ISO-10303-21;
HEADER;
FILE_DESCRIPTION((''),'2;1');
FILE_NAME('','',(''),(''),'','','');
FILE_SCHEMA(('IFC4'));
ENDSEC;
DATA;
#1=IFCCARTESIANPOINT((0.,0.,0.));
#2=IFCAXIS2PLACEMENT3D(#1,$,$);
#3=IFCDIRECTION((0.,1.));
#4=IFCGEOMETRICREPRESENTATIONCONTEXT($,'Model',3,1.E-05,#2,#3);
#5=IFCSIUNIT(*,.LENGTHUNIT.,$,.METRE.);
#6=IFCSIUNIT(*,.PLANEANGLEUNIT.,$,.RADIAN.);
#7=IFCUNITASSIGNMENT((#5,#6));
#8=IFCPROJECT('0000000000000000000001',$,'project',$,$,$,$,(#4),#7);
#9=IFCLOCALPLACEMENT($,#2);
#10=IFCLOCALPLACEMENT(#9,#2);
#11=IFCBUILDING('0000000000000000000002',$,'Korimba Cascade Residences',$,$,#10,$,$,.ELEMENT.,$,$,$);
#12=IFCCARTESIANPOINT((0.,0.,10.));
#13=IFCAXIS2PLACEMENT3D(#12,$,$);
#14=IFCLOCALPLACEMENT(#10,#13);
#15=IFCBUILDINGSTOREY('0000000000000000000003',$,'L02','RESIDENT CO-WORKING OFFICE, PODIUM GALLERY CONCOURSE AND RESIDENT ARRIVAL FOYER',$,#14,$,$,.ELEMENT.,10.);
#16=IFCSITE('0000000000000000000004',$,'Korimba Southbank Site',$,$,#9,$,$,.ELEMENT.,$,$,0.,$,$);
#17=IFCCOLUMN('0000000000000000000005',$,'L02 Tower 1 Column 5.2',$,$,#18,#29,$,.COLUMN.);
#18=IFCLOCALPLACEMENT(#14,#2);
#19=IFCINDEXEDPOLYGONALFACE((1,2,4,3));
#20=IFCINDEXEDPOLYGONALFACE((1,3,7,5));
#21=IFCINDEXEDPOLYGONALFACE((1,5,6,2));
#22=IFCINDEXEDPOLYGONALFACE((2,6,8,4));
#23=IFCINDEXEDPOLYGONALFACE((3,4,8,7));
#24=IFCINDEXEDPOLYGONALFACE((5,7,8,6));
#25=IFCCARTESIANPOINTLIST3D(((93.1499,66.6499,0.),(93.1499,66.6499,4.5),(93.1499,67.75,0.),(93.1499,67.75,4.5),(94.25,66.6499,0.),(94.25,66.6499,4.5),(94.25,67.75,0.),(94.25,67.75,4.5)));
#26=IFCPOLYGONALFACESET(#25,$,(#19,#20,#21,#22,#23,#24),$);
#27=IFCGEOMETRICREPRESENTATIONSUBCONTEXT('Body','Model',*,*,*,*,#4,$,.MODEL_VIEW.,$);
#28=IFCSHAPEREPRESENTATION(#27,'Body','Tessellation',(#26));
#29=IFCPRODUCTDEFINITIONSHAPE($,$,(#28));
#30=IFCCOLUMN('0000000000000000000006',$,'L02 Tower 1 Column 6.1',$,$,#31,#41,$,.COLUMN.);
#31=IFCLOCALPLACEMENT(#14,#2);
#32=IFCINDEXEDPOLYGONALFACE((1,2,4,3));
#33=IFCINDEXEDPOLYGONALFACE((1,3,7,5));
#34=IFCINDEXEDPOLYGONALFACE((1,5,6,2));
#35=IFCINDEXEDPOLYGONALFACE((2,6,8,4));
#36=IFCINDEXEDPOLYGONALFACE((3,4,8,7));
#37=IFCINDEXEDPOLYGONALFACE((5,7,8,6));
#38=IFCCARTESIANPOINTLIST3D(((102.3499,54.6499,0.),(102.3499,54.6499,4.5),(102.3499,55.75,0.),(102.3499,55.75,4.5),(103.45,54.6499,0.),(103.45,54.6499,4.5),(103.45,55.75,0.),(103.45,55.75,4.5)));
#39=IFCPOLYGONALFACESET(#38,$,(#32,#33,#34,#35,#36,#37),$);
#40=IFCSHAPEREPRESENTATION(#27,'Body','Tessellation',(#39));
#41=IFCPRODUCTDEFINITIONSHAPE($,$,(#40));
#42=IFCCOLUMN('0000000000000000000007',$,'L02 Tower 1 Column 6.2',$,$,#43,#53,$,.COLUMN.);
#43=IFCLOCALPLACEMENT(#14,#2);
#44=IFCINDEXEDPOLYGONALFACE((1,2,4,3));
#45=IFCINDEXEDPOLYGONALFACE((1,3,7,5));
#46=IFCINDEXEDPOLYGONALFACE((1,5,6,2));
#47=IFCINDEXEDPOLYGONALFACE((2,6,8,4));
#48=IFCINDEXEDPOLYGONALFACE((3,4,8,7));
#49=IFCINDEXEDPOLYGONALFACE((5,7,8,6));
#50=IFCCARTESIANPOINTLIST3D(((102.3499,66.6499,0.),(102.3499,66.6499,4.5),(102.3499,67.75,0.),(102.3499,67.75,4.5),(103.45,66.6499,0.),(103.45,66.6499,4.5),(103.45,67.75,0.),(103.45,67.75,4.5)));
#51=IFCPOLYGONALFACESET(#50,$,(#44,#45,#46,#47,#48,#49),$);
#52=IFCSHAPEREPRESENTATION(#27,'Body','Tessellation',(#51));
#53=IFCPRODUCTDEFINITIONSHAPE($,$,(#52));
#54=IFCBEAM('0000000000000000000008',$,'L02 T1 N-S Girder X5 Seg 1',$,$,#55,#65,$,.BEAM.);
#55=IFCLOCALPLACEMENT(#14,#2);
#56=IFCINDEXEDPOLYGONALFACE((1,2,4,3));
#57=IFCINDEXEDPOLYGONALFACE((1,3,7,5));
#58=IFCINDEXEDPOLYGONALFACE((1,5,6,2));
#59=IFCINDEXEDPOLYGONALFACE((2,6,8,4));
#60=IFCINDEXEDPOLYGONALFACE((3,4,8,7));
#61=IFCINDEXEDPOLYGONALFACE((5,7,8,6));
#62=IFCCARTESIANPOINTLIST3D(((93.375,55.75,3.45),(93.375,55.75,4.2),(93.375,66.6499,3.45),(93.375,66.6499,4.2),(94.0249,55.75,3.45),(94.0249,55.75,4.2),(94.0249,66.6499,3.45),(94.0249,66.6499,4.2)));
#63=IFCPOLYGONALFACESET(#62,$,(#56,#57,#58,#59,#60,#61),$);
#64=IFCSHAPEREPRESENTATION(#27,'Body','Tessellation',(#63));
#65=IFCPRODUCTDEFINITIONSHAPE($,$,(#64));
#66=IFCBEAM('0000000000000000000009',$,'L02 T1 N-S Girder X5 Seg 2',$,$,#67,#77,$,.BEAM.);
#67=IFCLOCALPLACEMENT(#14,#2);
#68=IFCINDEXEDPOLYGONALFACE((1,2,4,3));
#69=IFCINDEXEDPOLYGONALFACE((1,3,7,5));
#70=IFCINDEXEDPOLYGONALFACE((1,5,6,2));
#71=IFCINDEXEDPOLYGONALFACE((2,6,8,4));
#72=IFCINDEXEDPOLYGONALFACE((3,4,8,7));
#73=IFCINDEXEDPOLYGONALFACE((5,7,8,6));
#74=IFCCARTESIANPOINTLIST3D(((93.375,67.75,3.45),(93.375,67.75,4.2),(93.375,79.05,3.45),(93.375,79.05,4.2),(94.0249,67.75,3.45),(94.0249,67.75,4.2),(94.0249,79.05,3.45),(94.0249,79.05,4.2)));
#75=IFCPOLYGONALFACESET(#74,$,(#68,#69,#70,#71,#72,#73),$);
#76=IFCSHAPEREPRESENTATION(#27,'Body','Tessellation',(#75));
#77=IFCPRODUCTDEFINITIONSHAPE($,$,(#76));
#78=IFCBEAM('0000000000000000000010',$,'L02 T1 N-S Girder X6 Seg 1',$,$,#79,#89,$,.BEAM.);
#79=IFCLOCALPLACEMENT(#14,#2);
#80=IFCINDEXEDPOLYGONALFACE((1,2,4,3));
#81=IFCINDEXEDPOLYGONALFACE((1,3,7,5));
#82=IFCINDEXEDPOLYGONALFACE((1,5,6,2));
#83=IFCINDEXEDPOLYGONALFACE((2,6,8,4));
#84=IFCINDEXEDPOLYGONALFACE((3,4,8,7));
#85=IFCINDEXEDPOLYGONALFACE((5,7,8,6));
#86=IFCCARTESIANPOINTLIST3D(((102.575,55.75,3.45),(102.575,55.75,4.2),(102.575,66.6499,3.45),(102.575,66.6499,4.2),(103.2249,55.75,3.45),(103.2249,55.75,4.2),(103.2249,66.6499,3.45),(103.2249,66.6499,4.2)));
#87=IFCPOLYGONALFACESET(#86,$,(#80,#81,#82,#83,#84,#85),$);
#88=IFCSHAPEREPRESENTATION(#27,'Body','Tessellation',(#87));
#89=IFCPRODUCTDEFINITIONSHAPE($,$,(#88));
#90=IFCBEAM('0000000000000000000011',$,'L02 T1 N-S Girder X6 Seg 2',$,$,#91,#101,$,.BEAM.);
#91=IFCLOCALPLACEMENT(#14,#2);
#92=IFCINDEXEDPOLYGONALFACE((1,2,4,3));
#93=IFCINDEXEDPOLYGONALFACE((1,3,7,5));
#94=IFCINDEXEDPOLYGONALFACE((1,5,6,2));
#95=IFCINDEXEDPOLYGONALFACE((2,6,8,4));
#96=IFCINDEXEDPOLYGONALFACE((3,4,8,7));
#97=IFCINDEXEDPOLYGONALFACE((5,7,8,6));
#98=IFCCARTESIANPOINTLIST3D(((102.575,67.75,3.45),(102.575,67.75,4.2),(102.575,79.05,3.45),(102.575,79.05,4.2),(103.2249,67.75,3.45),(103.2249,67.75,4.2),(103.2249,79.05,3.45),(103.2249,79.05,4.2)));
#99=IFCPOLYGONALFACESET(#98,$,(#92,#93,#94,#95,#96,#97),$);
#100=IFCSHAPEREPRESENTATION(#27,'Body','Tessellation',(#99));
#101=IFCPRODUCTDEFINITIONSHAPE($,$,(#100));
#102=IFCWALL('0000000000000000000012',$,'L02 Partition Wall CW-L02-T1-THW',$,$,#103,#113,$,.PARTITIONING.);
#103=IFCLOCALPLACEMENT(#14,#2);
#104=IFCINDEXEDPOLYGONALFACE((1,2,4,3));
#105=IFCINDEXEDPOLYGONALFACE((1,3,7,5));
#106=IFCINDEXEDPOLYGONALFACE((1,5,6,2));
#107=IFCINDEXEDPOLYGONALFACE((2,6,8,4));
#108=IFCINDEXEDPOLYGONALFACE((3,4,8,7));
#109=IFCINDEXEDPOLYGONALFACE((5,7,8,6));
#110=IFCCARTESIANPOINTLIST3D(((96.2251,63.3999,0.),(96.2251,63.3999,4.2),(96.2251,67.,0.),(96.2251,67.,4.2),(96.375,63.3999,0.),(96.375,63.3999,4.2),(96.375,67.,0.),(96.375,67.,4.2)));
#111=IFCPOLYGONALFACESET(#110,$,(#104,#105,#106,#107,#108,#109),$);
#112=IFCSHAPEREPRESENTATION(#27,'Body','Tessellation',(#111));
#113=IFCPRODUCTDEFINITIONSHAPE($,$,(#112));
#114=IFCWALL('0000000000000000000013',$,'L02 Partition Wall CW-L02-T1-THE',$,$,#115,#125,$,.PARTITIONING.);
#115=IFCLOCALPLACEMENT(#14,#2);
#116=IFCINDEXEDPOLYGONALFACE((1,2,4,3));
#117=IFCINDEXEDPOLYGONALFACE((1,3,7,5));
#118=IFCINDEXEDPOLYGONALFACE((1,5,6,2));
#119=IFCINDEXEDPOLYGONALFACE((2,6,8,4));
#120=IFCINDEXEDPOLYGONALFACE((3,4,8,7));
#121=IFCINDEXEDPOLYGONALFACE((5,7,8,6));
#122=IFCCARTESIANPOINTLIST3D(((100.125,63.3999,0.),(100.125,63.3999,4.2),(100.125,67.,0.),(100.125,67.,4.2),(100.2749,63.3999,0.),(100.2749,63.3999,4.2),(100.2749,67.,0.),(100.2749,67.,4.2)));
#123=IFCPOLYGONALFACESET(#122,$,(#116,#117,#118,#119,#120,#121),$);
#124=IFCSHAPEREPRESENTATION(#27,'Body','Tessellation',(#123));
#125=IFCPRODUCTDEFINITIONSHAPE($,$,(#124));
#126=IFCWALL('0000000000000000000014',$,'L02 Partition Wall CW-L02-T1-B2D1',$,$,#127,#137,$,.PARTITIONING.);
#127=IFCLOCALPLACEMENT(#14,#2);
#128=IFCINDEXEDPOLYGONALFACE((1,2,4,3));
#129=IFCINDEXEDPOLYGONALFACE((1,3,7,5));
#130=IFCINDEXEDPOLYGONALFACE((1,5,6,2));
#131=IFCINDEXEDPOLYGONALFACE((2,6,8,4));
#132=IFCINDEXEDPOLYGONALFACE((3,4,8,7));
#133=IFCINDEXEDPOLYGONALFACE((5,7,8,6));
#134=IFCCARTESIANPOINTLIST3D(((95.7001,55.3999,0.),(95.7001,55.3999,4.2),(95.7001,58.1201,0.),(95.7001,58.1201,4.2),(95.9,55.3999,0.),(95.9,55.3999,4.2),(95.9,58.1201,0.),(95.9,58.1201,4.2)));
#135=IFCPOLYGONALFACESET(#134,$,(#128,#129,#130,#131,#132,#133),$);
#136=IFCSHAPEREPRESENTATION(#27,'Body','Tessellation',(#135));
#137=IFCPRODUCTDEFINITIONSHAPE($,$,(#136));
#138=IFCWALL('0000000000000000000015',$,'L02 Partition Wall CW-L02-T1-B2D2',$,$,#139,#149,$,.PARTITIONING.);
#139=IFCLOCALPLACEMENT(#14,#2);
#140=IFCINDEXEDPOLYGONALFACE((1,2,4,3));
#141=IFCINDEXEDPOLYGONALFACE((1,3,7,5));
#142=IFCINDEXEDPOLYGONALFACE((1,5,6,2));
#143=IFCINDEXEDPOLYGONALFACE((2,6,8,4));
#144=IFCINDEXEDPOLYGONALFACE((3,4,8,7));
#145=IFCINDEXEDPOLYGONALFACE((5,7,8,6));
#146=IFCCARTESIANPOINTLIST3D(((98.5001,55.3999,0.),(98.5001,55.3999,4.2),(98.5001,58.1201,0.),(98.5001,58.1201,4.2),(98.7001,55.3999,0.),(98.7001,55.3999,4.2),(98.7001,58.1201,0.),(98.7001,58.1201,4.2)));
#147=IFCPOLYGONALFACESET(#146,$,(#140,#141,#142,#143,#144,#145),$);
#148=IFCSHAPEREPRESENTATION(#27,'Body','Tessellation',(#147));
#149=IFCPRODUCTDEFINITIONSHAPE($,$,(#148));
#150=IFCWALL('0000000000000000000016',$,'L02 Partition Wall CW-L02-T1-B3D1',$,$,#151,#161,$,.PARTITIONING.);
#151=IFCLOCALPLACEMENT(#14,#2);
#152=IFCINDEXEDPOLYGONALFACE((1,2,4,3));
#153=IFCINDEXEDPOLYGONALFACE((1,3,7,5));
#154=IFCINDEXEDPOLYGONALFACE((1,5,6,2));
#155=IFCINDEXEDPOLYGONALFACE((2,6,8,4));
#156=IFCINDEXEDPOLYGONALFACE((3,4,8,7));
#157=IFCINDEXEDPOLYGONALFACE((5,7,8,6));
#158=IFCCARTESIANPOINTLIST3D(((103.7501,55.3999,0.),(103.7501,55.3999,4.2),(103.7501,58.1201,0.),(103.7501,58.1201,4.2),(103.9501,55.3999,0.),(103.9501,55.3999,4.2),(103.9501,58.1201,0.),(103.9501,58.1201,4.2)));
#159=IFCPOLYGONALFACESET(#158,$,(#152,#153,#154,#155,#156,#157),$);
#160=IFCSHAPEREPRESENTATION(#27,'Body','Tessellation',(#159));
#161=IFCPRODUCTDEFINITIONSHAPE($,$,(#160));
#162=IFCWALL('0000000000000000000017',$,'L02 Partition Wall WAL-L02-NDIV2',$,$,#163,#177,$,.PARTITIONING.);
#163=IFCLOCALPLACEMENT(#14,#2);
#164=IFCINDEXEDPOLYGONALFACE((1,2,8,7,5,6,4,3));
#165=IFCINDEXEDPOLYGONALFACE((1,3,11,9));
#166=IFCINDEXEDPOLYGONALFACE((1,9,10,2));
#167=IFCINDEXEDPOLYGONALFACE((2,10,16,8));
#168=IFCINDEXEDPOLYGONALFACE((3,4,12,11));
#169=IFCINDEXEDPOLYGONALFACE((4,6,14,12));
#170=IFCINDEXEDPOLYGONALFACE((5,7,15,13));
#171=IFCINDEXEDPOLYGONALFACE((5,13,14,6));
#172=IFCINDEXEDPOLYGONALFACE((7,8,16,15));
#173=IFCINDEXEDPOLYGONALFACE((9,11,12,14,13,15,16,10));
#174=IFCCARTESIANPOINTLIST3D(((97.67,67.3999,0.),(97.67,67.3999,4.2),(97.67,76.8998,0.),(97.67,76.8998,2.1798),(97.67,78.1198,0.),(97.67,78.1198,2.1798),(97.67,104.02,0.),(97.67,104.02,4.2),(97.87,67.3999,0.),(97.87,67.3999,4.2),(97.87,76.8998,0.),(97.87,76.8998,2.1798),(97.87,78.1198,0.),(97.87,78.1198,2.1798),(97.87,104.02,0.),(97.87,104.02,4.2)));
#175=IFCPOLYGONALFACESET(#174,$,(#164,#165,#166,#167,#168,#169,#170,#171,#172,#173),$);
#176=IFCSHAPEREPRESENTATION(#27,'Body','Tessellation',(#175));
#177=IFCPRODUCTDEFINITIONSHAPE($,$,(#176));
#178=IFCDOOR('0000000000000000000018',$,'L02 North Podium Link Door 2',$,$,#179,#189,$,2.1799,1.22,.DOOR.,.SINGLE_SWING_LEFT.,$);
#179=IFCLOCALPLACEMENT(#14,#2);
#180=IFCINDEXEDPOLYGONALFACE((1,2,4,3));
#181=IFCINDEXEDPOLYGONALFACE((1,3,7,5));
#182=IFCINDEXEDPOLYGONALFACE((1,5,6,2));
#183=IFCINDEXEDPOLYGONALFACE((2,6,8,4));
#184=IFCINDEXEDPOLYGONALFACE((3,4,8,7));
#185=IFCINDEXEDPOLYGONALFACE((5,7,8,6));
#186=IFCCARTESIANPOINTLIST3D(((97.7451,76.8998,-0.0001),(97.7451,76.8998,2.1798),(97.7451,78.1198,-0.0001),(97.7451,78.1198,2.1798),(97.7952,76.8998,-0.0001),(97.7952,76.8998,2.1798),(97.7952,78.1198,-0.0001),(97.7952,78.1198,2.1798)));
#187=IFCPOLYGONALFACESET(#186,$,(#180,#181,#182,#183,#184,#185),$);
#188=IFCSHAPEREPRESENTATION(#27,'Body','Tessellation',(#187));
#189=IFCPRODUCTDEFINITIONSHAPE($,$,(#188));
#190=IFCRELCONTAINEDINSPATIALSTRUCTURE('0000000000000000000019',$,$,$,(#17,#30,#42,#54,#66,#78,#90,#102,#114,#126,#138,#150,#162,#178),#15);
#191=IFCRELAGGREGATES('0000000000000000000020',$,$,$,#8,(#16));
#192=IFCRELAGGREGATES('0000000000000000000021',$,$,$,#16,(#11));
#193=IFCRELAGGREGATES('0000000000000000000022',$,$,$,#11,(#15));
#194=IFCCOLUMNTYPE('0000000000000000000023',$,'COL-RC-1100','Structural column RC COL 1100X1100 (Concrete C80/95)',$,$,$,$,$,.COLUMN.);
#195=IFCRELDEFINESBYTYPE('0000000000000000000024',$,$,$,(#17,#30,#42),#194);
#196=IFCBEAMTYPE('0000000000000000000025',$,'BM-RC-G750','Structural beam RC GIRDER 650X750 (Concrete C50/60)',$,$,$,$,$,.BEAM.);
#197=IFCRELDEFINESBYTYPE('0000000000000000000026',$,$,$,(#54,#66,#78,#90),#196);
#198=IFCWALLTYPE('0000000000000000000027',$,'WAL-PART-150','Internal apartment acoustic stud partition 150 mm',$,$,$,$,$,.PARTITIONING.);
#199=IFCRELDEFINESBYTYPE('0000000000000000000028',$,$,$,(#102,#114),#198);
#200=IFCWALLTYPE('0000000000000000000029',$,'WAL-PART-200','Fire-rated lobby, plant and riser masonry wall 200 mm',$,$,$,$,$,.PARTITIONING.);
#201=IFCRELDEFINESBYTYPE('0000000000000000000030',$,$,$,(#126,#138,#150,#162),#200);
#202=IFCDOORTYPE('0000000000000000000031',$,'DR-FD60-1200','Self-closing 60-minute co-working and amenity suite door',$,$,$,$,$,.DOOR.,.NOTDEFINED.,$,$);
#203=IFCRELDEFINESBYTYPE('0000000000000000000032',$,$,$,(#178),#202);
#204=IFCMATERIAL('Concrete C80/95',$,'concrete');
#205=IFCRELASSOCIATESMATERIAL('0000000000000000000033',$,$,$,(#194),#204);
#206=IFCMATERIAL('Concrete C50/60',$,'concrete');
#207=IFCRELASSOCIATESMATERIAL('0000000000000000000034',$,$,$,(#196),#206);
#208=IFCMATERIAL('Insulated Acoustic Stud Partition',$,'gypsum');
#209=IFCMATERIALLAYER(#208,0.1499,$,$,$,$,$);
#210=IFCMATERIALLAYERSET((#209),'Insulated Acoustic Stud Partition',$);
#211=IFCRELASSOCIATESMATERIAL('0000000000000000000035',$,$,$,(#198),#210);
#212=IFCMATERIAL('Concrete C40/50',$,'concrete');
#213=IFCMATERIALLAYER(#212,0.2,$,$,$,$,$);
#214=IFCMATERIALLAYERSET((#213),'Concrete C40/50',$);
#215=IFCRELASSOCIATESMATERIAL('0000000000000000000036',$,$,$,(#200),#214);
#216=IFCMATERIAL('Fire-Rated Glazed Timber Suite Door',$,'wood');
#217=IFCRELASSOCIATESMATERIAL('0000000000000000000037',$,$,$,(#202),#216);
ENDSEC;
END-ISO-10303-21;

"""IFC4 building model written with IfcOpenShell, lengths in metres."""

from ifc_helpers import new_model, si_unit, direction, frame, frame_2d, origin, origin_2d, place, context, subcontext, project, spatial, rectangle, extrude, material, layer, layer_set, material_profile, profile_set, type_object, element, fill, save


model = new_model("IFC4")

# Units and contexts
model_context = context("Model", 3, precision=1e-05, world=origin(), true_north=direction((0.0, 1.0)))
body_context = subcontext(model_context, "Body", "Model", "MODEL_VIEW")
ifc_project = project(units=[si_unit("LENGTHUNIT", "METRE"), si_unit("PLANEANGLEUNIT", "RADIAN")], contexts=[model_context])

# Site, building, storey
site_placement = place(None, origin())
site = spatial("IfcSite", under=ifc_project, at=site_placement, Name="Korimba Southbank Site", CompositionType="ELEMENT", RefElevation=0.0)
building_placement = place(site_placement, origin())
building = spatial("IfcBuilding", under=site, at=building_placement, Name="Korimba Cascade Residences", CompositionType="ELEMENT")
storey_placement = place(building_placement, frame((0.0, 0.0, 10.0)))
storey = spatial("IfcBuildingStorey", under=building, at=storey_placement, Name="L02", Description="RESIDENT CO-WORKING OFFICE, PODIUM GALLERY CONCOURSE AND RESIDENT ARRIVAL FOYER", CompositionType="ELEMENT", Elevation=10.0)

# Columns
ifc_material_1 = material(Name="Concrete C80/95", Category="concrete")
ifc_material_profile_1 = material_profile(ifc_material_1, rectangle(XDim=1.1001, YDim=1.1001, at=origin_2d()), Name="Concrete C80/95")
ifc_profile_set_1 = profile_set([ifc_material_profile_1], Name="Concrete C80/95")
column_type = type_object("IfcColumnType", Name="COL-RC-1100", Description="Structural column RC COL 1100X1100 (Concrete C80/95)", PredefinedType="COLUMN", material=ifc_profile_set_1)
for number, where, z_axis, x_axis, name in (
    (1, (93.7, 67.2, 0.0), (0.0, 0.0, 1.0), (1.0, 0.0, 0.0), "L02 Tower 1 Column 5.2"),
    (2, (102.8999, 55.2, 0.0), (0.0, 0.0, 1.0), (1.0, 0.0, 0.0), "L02 Tower 1 Column 6.1"),
    (3, (102.8999, 67.2, 0.0), (0.0, 0.0, 1.0), (1.0, 0.0, 0.0), "L02 Tower 1 Column 6.2"),
):
    element("IfcColumn", number, at=place(storey_placement, frame(where, z_axis=z_axis, x_axis=x_axis)), inside=storey, type_object=column_type, Name=name, PredefinedType="COLUMN", context=body_context, shape_type="SweptSolid", body=[
        extrude(rectangle(XDim=1.1001, YDim=1.1001, at=origin_2d()), origin(), (0.0, 0.0, 1.0), 4.5),
    ])

# Beams
ifc_material_2 = material(Name="Concrete C50/60", Category="concrete")
ifc_material_profile_2 = material_profile(ifc_material_2, rectangle(XDim=0.6499, YDim=0.75, at=origin_2d()), Name="Concrete C50/60")
ifc_profile_set_2 = profile_set([ifc_material_profile_2], Name="Concrete C50/60")
beam_type = type_object("IfcBeamType", Name="BM-RC-G750", Description="Structural beam RC GIRDER 650X750 (Concrete C50/60)", PredefinedType="BEAM", material=ifc_profile_set_2)
beam_1_placement = place(storey_placement, frame((93.7, 55.75, 3.825), z_axis=(0.0, 1.0, 0.0), x_axis=(-1.0, 0.0, 0.0)))
element("IfcBeam", 4, at=beam_1_placement, inside=storey, type_object=beam_type, Name="L02 T1 N-S Girder X5 Seg 1", PredefinedType="BEAM", context=body_context, shape_type="SweptSolid", body=[
    extrude(rectangle(XDim=0.6499, YDim=0.75, at=origin_2d()), origin(), (0.0, 0.0, 1.0), 10.8999),
])
beam_2_placement = place(storey_placement, frame((93.7, 67.75, 3.825), z_axis=(0.0, 1.0, 0.0), x_axis=(-1.0, 0.0, 0.0)))
element("IfcBeam", 5, at=beam_2_placement, inside=storey, type_object=beam_type, Name="L02 T1 N-S Girder X5 Seg 2", PredefinedType="BEAM", context=body_context, shape_type="SweptSolid", body=[
    extrude(rectangle(XDim=0.6499, YDim=0.75, at=origin_2d()), origin(), (0.0, 0.0, 1.0), 11.3),
])
beam_3_placement = place(storey_placement, frame((102.8999, 55.75, 3.825), z_axis=(0.0, 1.0, 0.0), x_axis=(-1.0, 0.0, 0.0)))
element("IfcBeam", 6, at=beam_3_placement, inside=storey, type_object=beam_type, Name="L02 T1 N-S Girder X6 Seg 1", PredefinedType="BEAM", context=body_context, shape_type="SweptSolid", body=[
    extrude(rectangle(XDim=0.6499, YDim=0.75, at=origin_2d()), origin(), (0.0, 0.0, 1.0), 10.8999),
])
beam_4_placement = place(storey_placement, frame((102.8999, 67.75, 3.825), z_axis=(0.0, 1.0, 0.0), x_axis=(-1.0, 0.0, 0.0)))
element("IfcBeam", 7, at=beam_4_placement, inside=storey, type_object=beam_type, Name="L02 T1 N-S Girder X6 Seg 2", PredefinedType="BEAM", context=body_context, shape_type="SweptSolid", body=[
    extrude(rectangle(XDim=0.6499, YDim=0.75, at=origin_2d()), origin(), (0.0, 0.0, 1.0), 11.3),
])

# Walls
ifc_material_3 = material(Name="Insulated Acoustic Stud Partition", Category="gypsum")
ifc_layer_1 = layer(ifc_material_3, 0.1499)
ifc_layer_set_1 = layer_set([ifc_layer_1], Name="Insulated Acoustic Stud Partition")
wall_type_1 = type_object("IfcWallType", Name="WAL-PART-150", Description="Internal apartment acoustic stud partition 150 mm", PredefinedType="PARTITIONING", material=ifc_layer_set_1)
for number, where, z_axis, x_axis, name in (
    (8, (96.3, 63.3999, 0.0), (0.0, 0.0, 1.0), (0.0, 1.0, 0.0), "L02 Partition Wall CW-L02-T1-THW"),
    (9, (100.2, 63.3999, 0.0), (0.0, 0.0, 1.0), (0.0, 1.0, 0.0), "L02 Partition Wall CW-L02-T1-THE"),
):
    element("IfcWall", number, at=place(storey_placement, frame(where, z_axis=z_axis, x_axis=x_axis)), inside=storey, type_object=wall_type_1, Name=name, PredefinedType="PARTITIONING", context=body_context, shape_type="SweptSolid", body=[
        extrude(rectangle(XDim=3.6001, YDim=0.1499, at=frame_2d((1.8, 0.0))), origin(), (0.0, 0.0, 1.0), 4.2),
    ])
ifc_material_4 = material(Name="Concrete C40/50", Category="concrete")
ifc_layer_2 = layer(ifc_material_4, 0.2)
ifc_layer_set_2 = layer_set([ifc_layer_2], Name="Concrete C40/50")
wall_type_2 = type_object("IfcWallType", Name="WAL-PART-200", Description="Fire-rated lobby, plant and riser masonry wall 200 mm", PredefinedType="PARTITIONING", material=ifc_layer_set_2)
for number, where, z_axis, x_axis, name in (
    (10, (95.8, 55.3999, 0.0), (0.0, 0.0, 1.0), (0.0, 1.0, 0.0), "L02 Partition Wall CW-L02-T1-B2D1"),
    (11, (98.6001, 55.3999, 0.0), (0.0, 0.0, 1.0), (0.0, 1.0, 0.0), "L02 Partition Wall CW-L02-T1-B2D2"),
    (12, (103.8501, 55.3999, 0.0), (0.0, 0.0, 1.0), (0.0, 1.0, 0.0), "L02 Partition Wall CW-L02-T1-B3D1"),
):
    element("IfcWall", number, at=place(storey_placement, frame(where, z_axis=z_axis, x_axis=x_axis)), inside=storey, type_object=wall_type_2, Name=name, PredefinedType="PARTITIONING", context=body_context, shape_type="SweptSolid", body=[
        extrude(rectangle(XDim=2.7202, YDim=0.2, at=frame_2d((1.3601, 0.0))), origin(), (0.0, 0.0, 1.0), 4.2),
    ])

# Wall, opening, door
wall_1_placement = place(storey_placement, frame((97.77, 67.3999, 0.0), z_axis=(0.0, 0.0, 1.0), x_axis=(0.0, 1.0, 0.0)))
wall_1 = element("IfcWall", 13, at=wall_1_placement, inside=storey, type_object=wall_type_2, Name="L02 Partition Wall WAL-L02-NDIV2", PredefinedType="PARTITIONING", context=body_context, shape_type="SweptSolid", body=[
    extrude(rectangle(XDim=36.6201, YDim=0.2, at=frame_2d((18.3101, 0.0))), origin(), (0.0, 0.0, 1.0), 4.2),
])
opening_placement = place(wall_1_placement, frame((9.5, 0.0, 0.0)))
opening = element("IfcOpeningElement", 14, at=opening_placement, cuts=wall_1, PredefinedType="OPENING", context=body_context, shape_type="SweptSolid", body=[
    extrude(rectangle(XDim=1.22, YDim=2.1799, at=frame_2d((0.6099, 1.0898))), frame((0.0, 0.1099, 0.0), z_axis=(0.0, -1.0, 0.0), x_axis=(1.0, 0.0, 0.0)), (0.0, 0.0, 1.0), 0.22),
])
ifc_material_5 = material(Name="Fire-Rated Glazed Timber Suite Door", Category="wood")
door_type = type_object("IfcDoorType", Name="DR-FD60-1200", Description="Self-closing 60-minute co-working and amenity suite door", OperationType="NOTDEFINED", PredefinedType="DOOR", material=ifc_material_5)
door_placement = place(opening_placement, origin())
door = element("IfcDoor", 15, at=door_placement, inside=storey, type_object=door_type, Name="L02 North Podium Link Door 2", OperationType="SINGLE_SWING_LEFT", OverallHeight=2.1799, OverallWidth=1.22, PredefinedType="DOOR", context=body_context, shape_type="SweptSolid", body=[
    extrude(rectangle(XDim=1.22, YDim=2.1799, at=frame_2d((0.6099, 1.0898))), frame((0.0, 0.0249, 0.0), z_axis=(0.0, -1.0, 0.0), x_axis=(1.0, 0.0, 0.0)), (0.0, 0.0, 1.0), 0.05),
])
fill(opening, door)

save(model, "model.ifc")
